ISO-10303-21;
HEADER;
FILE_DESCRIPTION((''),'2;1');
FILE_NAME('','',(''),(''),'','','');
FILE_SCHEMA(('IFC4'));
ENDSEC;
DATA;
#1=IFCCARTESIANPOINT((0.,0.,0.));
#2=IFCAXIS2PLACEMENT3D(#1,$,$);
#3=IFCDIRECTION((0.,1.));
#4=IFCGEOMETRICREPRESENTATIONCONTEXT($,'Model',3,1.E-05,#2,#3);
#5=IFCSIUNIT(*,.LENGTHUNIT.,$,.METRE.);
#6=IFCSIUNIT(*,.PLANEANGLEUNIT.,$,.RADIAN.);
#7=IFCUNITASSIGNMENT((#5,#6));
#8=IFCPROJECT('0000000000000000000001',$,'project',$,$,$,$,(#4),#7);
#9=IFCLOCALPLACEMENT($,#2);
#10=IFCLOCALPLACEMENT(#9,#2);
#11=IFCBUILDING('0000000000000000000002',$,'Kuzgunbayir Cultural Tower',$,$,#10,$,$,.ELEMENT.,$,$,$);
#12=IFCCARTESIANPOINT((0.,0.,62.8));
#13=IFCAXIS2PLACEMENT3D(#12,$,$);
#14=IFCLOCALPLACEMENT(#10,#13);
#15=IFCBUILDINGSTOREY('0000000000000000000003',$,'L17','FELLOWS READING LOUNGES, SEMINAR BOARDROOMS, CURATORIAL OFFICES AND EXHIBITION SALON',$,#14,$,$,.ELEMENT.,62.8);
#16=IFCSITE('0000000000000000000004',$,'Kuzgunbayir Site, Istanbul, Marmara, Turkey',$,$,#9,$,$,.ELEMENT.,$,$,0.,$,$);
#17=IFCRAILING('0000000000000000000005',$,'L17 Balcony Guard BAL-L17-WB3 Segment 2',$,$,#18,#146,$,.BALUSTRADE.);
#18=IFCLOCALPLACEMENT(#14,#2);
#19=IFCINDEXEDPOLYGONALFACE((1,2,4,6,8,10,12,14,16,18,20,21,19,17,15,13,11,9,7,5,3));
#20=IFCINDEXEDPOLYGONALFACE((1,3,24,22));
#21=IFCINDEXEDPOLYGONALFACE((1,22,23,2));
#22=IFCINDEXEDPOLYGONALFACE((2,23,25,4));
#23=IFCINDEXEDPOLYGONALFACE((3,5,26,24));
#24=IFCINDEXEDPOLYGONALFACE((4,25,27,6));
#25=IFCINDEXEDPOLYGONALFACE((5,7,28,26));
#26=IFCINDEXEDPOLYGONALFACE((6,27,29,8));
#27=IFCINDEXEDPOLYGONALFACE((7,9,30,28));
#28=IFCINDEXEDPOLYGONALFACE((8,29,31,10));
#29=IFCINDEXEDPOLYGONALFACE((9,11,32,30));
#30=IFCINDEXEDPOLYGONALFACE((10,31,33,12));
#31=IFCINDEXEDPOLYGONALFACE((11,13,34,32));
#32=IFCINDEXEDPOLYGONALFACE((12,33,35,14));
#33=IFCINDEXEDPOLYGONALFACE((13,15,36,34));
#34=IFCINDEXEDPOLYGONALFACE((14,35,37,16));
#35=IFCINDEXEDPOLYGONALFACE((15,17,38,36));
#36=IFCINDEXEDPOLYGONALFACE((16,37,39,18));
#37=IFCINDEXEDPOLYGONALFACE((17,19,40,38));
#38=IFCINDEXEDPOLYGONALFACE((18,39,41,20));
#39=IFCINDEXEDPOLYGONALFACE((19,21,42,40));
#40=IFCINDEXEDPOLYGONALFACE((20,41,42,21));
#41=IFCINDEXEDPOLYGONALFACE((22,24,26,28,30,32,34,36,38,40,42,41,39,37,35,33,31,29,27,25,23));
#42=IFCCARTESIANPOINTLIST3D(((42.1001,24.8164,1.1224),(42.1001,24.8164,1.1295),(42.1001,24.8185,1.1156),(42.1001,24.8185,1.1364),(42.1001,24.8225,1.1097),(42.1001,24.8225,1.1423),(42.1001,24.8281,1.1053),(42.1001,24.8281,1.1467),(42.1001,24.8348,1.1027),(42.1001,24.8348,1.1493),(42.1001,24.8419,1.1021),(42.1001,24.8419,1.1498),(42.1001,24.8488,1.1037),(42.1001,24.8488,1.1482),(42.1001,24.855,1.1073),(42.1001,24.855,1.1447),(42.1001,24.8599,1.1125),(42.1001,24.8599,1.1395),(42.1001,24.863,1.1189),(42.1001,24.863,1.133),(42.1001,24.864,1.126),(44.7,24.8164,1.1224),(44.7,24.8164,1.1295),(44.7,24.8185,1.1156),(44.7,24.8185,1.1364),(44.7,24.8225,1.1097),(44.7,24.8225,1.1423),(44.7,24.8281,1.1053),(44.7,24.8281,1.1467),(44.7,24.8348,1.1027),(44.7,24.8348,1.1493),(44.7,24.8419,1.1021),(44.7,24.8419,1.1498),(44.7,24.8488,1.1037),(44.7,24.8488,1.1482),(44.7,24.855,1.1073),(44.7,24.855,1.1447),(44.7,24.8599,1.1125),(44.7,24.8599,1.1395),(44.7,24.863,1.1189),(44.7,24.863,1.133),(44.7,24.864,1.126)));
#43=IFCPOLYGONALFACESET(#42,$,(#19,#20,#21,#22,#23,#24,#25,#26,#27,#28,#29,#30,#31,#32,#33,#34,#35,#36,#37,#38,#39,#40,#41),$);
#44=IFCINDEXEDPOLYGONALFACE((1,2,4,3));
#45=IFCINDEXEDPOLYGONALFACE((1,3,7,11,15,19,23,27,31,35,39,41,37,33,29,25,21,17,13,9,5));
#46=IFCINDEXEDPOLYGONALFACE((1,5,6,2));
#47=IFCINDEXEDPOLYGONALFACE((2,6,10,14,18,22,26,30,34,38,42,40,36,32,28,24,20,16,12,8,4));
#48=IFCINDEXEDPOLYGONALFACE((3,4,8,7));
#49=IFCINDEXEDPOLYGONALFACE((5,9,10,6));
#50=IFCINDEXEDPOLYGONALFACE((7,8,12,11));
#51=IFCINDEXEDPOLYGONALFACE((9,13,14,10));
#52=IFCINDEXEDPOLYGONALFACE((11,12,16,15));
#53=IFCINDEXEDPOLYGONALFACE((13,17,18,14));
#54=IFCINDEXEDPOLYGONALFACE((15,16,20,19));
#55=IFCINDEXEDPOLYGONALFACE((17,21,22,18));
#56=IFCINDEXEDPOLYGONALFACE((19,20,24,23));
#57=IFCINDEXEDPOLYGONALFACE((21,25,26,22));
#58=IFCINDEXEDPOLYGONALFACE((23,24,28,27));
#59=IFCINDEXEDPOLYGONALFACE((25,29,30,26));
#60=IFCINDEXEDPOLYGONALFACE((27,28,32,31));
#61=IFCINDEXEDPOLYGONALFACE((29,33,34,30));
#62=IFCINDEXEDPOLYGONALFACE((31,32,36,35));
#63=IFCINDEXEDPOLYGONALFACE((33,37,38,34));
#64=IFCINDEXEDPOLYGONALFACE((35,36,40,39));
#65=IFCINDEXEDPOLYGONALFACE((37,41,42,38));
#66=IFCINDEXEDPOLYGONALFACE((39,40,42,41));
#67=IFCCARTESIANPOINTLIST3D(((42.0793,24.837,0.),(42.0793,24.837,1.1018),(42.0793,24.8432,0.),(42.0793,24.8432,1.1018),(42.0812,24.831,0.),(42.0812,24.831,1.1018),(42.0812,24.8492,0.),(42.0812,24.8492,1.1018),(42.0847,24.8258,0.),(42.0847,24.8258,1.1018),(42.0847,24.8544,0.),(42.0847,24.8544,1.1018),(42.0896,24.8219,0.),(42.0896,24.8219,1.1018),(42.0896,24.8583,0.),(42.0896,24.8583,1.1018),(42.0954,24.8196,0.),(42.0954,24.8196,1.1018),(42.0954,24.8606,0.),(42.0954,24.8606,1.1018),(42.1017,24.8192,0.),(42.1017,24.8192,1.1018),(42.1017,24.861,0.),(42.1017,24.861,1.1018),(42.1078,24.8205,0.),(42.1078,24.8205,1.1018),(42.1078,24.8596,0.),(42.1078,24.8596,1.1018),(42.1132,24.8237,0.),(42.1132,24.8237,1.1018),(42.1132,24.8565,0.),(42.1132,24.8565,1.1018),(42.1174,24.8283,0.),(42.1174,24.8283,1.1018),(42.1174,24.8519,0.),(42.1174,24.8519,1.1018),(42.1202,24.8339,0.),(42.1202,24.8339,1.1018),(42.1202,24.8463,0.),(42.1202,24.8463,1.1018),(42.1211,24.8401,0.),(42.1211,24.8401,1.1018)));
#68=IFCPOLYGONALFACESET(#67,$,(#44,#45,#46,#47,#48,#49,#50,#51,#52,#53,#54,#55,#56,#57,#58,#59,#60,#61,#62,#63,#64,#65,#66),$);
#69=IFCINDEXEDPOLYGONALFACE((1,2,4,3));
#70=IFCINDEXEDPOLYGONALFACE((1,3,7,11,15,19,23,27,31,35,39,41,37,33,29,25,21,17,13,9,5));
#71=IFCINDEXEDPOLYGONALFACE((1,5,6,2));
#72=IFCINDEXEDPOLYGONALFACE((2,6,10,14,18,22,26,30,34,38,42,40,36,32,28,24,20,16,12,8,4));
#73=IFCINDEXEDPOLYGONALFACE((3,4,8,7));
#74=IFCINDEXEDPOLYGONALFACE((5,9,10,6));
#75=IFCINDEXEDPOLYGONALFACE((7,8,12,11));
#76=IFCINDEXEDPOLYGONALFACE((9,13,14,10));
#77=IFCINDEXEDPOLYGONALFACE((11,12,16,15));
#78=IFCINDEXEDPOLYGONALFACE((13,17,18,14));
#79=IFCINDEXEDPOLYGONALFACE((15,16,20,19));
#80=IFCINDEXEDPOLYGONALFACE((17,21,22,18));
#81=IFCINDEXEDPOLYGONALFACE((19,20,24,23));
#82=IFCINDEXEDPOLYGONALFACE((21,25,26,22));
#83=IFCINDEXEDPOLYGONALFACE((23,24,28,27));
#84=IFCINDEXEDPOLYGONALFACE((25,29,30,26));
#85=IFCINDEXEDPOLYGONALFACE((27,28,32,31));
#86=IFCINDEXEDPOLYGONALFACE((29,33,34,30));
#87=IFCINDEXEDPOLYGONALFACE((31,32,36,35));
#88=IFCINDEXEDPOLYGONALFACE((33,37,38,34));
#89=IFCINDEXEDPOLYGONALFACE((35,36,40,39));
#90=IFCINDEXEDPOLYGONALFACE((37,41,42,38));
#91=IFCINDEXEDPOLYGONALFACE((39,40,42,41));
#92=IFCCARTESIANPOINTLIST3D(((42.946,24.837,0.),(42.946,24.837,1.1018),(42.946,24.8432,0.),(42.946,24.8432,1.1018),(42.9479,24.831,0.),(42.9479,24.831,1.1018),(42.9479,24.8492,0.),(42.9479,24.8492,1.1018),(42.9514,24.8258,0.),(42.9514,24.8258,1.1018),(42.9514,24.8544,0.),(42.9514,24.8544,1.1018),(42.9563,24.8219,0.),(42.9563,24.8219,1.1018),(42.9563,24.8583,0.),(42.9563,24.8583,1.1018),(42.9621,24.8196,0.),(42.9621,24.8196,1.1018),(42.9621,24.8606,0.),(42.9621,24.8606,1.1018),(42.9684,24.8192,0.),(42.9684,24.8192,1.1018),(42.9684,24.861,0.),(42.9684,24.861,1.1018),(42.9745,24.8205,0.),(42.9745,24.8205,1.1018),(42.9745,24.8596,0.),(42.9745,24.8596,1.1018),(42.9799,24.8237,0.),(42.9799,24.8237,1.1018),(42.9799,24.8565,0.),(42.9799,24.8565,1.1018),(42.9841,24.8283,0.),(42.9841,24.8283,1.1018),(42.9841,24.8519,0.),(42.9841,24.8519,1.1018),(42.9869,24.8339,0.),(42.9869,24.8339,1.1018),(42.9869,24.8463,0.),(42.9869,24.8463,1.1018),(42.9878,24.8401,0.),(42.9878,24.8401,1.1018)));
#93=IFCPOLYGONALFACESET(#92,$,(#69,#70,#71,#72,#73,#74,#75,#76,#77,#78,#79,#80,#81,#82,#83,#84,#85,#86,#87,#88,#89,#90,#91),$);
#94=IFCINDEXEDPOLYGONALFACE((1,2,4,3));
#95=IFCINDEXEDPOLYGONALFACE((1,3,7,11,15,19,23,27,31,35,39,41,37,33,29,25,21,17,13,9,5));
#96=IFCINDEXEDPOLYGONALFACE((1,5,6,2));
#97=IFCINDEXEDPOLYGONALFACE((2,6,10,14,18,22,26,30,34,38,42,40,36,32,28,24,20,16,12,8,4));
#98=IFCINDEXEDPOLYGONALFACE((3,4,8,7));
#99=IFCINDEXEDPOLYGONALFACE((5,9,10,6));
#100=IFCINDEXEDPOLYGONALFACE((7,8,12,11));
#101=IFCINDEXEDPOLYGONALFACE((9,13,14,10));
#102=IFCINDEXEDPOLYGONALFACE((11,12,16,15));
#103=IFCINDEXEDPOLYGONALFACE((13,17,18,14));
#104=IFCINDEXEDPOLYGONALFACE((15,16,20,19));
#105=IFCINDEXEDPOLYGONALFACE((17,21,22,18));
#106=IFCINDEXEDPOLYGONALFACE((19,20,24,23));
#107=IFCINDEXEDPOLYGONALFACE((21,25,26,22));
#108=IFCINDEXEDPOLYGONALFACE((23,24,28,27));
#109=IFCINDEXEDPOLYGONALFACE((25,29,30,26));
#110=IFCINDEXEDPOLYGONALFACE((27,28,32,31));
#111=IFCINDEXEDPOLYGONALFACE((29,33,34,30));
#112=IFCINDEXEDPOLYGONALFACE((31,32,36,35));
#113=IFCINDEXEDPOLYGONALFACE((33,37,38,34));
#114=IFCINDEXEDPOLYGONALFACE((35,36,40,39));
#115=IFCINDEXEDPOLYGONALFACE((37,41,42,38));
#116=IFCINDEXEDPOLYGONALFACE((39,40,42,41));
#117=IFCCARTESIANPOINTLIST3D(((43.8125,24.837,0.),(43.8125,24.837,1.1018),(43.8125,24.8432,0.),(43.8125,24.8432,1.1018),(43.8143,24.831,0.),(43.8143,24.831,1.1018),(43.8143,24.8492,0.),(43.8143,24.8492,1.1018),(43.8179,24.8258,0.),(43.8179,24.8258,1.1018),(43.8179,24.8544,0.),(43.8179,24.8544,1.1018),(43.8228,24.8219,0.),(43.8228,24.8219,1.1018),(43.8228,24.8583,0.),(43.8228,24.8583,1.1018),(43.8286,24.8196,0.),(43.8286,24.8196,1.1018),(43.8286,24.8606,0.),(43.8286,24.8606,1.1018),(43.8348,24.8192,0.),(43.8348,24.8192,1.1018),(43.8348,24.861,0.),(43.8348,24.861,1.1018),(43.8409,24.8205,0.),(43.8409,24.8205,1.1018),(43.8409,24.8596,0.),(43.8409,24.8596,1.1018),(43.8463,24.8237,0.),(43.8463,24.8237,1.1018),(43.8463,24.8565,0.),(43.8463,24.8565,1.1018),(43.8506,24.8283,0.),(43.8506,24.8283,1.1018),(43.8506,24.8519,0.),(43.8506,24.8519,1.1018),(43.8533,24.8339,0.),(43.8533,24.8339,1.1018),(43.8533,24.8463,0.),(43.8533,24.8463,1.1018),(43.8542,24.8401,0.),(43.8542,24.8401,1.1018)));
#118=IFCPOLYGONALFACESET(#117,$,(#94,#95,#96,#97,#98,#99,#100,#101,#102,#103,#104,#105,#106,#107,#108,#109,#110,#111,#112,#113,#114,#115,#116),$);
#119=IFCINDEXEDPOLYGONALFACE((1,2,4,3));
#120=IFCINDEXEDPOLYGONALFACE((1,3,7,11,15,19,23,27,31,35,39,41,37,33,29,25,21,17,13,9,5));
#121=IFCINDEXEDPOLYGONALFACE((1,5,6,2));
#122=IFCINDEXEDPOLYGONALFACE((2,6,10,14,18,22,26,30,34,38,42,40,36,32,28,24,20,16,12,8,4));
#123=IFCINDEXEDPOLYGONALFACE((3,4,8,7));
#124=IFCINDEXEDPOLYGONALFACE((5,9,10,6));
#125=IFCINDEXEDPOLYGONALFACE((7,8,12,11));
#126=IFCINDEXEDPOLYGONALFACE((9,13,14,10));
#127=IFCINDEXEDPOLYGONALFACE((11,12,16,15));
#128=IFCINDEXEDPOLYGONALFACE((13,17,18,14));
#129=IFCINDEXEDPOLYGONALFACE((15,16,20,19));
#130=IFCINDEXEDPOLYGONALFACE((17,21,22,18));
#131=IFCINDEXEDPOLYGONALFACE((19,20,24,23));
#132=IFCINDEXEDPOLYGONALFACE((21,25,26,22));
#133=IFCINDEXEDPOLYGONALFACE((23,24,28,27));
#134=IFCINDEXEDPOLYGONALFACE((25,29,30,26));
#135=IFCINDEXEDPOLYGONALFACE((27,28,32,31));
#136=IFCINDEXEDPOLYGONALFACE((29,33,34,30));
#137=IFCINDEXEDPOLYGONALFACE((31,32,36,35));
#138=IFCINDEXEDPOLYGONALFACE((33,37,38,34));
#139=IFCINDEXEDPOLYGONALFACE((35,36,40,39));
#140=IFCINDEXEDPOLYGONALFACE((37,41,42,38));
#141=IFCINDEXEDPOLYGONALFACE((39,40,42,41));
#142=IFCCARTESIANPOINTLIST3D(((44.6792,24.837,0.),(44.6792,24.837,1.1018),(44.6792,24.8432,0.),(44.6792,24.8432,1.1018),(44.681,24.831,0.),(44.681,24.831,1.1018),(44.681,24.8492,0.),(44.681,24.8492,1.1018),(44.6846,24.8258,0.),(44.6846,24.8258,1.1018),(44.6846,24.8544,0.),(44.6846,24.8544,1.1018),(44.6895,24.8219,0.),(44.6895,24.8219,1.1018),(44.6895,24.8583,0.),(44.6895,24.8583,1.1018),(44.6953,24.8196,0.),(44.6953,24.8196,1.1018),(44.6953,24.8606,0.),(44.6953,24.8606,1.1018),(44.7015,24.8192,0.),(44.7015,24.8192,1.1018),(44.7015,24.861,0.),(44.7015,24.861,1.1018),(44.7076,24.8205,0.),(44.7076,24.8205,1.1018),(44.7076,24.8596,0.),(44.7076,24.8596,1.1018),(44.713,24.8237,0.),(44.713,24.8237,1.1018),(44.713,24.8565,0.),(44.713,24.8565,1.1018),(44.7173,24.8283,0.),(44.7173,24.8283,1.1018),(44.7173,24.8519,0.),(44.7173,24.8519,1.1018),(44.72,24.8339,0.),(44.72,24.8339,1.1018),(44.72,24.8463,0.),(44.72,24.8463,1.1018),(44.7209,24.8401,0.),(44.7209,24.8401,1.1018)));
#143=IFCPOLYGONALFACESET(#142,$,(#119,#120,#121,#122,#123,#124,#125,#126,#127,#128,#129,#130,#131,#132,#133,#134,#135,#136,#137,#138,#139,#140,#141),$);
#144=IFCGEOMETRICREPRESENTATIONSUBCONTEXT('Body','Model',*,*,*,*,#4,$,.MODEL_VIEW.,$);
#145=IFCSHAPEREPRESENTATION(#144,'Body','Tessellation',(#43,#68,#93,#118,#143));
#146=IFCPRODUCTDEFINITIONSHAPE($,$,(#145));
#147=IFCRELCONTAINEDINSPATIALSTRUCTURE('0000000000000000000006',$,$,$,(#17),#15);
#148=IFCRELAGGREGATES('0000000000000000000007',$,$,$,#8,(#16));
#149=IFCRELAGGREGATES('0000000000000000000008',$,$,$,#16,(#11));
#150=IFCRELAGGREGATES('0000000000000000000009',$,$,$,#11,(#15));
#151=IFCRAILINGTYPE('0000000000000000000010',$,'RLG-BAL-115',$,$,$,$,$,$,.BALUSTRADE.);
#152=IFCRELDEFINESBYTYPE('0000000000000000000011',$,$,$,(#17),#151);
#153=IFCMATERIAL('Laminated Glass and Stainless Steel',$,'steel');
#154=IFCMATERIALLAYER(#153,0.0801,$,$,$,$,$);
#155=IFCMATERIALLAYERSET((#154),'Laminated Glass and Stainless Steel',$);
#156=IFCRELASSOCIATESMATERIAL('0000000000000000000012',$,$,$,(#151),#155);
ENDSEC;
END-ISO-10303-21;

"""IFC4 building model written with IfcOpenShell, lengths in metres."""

from ifc_helpers import new_model, si_unit, direction, frame, origin, origin_2d, place, context, subcontext, project, spatial, circle, extrude, material, layer, layer_set, type_object, element, save


model = new_model("IFC4")

# Units and contexts
model_context = context("Model", 3, precision=1e-05, world=origin(), true_north=direction((0.0, 1.0)))
body_context = subcontext(model_context, "Body", "Model", "MODEL_VIEW")
ifc_project = project(units=[si_unit("LENGTHUNIT", "METRE"), si_unit("PLANEANGLEUNIT", "RADIAN")], contexts=[model_context])

# Site, building, storey
site_placement = place(None, origin())
site = spatial("IfcSite", under=ifc_project, at=site_placement, Name="Kuzgunbayir Site, Istanbul, Marmara, Turkey", CompositionType="ELEMENT", RefElevation=0.0)
building_placement = place(site_placement, origin())
building = spatial("IfcBuilding", under=site, at=building_placement, Name="Kuzgunbayir Cultural Tower", CompositionType="ELEMENT")
storey_placement = place(building_placement, frame((0.0, 0.0, 62.8)))
storey = spatial("IfcBuildingStorey", under=building, at=storey_placement, Name="L17", Description="FELLOWS READING LOUNGES, SEMINAR BOARDROOMS, CURATORIAL OFFICES AND EXHIBITION SALON", CompositionType="ELEMENT", Elevation=62.8)

# Railing
ifc_material_1 = material(Name="Laminated Glass and Stainless Steel", Category="steel")
ifc_layer_1 = layer(ifc_material_1, 0.0801)
ifc_layer_set_1 = layer_set([ifc_layer_1], Name="Laminated Glass and Stainless Steel")
railing_type = type_object("IfcRailingType", Name="RLG-BAL-115", PredefinedType="BALUSTRADE", material=ifc_layer_set_1)
railing_1_placement = place(storey_placement, frame((42.1001, 24.8401, 0.0)))
element("IfcRailing", 1, at=railing_1_placement, inside=storey, type_object=railing_type, Name="L17 Balcony Guard BAL-L17-WB3 Segment 2", PredefinedType="BALUSTRADE", context=body_context, shape_type="SweptSolid", body=[
    extrude(circle(Radius=0.0239, at=origin_2d()), frame((0.0, 0.0, 1.126), z_axis=(1.0, 0.0, 0.0), x_axis=(0.0, 1.0, 0.0)), (0.0, 0.0, 1.0), 2.5999),
    extrude(circle(Radius=0.021, at=origin_2d()), origin(), (0.0, 0.0, 1.0), 1.1018),
    extrude(circle(Radius=0.021, at=origin_2d()), frame((0.8667, 0.0, 0.0)), (0.0, 0.0, 1.0), 1.1018),
    extrude(circle(Radius=0.021, at=origin_2d()), frame((1.7332, 0.0, 0.0)), (0.0, 0.0, 1.0), 1.1018),
    extrude(circle(Radius=0.021, at=origin_2d()), frame((2.5999, 0.0, 0.0)), (0.0, 0.0, 1.0), 1.1018),
])

save(model, "model.ifc")
